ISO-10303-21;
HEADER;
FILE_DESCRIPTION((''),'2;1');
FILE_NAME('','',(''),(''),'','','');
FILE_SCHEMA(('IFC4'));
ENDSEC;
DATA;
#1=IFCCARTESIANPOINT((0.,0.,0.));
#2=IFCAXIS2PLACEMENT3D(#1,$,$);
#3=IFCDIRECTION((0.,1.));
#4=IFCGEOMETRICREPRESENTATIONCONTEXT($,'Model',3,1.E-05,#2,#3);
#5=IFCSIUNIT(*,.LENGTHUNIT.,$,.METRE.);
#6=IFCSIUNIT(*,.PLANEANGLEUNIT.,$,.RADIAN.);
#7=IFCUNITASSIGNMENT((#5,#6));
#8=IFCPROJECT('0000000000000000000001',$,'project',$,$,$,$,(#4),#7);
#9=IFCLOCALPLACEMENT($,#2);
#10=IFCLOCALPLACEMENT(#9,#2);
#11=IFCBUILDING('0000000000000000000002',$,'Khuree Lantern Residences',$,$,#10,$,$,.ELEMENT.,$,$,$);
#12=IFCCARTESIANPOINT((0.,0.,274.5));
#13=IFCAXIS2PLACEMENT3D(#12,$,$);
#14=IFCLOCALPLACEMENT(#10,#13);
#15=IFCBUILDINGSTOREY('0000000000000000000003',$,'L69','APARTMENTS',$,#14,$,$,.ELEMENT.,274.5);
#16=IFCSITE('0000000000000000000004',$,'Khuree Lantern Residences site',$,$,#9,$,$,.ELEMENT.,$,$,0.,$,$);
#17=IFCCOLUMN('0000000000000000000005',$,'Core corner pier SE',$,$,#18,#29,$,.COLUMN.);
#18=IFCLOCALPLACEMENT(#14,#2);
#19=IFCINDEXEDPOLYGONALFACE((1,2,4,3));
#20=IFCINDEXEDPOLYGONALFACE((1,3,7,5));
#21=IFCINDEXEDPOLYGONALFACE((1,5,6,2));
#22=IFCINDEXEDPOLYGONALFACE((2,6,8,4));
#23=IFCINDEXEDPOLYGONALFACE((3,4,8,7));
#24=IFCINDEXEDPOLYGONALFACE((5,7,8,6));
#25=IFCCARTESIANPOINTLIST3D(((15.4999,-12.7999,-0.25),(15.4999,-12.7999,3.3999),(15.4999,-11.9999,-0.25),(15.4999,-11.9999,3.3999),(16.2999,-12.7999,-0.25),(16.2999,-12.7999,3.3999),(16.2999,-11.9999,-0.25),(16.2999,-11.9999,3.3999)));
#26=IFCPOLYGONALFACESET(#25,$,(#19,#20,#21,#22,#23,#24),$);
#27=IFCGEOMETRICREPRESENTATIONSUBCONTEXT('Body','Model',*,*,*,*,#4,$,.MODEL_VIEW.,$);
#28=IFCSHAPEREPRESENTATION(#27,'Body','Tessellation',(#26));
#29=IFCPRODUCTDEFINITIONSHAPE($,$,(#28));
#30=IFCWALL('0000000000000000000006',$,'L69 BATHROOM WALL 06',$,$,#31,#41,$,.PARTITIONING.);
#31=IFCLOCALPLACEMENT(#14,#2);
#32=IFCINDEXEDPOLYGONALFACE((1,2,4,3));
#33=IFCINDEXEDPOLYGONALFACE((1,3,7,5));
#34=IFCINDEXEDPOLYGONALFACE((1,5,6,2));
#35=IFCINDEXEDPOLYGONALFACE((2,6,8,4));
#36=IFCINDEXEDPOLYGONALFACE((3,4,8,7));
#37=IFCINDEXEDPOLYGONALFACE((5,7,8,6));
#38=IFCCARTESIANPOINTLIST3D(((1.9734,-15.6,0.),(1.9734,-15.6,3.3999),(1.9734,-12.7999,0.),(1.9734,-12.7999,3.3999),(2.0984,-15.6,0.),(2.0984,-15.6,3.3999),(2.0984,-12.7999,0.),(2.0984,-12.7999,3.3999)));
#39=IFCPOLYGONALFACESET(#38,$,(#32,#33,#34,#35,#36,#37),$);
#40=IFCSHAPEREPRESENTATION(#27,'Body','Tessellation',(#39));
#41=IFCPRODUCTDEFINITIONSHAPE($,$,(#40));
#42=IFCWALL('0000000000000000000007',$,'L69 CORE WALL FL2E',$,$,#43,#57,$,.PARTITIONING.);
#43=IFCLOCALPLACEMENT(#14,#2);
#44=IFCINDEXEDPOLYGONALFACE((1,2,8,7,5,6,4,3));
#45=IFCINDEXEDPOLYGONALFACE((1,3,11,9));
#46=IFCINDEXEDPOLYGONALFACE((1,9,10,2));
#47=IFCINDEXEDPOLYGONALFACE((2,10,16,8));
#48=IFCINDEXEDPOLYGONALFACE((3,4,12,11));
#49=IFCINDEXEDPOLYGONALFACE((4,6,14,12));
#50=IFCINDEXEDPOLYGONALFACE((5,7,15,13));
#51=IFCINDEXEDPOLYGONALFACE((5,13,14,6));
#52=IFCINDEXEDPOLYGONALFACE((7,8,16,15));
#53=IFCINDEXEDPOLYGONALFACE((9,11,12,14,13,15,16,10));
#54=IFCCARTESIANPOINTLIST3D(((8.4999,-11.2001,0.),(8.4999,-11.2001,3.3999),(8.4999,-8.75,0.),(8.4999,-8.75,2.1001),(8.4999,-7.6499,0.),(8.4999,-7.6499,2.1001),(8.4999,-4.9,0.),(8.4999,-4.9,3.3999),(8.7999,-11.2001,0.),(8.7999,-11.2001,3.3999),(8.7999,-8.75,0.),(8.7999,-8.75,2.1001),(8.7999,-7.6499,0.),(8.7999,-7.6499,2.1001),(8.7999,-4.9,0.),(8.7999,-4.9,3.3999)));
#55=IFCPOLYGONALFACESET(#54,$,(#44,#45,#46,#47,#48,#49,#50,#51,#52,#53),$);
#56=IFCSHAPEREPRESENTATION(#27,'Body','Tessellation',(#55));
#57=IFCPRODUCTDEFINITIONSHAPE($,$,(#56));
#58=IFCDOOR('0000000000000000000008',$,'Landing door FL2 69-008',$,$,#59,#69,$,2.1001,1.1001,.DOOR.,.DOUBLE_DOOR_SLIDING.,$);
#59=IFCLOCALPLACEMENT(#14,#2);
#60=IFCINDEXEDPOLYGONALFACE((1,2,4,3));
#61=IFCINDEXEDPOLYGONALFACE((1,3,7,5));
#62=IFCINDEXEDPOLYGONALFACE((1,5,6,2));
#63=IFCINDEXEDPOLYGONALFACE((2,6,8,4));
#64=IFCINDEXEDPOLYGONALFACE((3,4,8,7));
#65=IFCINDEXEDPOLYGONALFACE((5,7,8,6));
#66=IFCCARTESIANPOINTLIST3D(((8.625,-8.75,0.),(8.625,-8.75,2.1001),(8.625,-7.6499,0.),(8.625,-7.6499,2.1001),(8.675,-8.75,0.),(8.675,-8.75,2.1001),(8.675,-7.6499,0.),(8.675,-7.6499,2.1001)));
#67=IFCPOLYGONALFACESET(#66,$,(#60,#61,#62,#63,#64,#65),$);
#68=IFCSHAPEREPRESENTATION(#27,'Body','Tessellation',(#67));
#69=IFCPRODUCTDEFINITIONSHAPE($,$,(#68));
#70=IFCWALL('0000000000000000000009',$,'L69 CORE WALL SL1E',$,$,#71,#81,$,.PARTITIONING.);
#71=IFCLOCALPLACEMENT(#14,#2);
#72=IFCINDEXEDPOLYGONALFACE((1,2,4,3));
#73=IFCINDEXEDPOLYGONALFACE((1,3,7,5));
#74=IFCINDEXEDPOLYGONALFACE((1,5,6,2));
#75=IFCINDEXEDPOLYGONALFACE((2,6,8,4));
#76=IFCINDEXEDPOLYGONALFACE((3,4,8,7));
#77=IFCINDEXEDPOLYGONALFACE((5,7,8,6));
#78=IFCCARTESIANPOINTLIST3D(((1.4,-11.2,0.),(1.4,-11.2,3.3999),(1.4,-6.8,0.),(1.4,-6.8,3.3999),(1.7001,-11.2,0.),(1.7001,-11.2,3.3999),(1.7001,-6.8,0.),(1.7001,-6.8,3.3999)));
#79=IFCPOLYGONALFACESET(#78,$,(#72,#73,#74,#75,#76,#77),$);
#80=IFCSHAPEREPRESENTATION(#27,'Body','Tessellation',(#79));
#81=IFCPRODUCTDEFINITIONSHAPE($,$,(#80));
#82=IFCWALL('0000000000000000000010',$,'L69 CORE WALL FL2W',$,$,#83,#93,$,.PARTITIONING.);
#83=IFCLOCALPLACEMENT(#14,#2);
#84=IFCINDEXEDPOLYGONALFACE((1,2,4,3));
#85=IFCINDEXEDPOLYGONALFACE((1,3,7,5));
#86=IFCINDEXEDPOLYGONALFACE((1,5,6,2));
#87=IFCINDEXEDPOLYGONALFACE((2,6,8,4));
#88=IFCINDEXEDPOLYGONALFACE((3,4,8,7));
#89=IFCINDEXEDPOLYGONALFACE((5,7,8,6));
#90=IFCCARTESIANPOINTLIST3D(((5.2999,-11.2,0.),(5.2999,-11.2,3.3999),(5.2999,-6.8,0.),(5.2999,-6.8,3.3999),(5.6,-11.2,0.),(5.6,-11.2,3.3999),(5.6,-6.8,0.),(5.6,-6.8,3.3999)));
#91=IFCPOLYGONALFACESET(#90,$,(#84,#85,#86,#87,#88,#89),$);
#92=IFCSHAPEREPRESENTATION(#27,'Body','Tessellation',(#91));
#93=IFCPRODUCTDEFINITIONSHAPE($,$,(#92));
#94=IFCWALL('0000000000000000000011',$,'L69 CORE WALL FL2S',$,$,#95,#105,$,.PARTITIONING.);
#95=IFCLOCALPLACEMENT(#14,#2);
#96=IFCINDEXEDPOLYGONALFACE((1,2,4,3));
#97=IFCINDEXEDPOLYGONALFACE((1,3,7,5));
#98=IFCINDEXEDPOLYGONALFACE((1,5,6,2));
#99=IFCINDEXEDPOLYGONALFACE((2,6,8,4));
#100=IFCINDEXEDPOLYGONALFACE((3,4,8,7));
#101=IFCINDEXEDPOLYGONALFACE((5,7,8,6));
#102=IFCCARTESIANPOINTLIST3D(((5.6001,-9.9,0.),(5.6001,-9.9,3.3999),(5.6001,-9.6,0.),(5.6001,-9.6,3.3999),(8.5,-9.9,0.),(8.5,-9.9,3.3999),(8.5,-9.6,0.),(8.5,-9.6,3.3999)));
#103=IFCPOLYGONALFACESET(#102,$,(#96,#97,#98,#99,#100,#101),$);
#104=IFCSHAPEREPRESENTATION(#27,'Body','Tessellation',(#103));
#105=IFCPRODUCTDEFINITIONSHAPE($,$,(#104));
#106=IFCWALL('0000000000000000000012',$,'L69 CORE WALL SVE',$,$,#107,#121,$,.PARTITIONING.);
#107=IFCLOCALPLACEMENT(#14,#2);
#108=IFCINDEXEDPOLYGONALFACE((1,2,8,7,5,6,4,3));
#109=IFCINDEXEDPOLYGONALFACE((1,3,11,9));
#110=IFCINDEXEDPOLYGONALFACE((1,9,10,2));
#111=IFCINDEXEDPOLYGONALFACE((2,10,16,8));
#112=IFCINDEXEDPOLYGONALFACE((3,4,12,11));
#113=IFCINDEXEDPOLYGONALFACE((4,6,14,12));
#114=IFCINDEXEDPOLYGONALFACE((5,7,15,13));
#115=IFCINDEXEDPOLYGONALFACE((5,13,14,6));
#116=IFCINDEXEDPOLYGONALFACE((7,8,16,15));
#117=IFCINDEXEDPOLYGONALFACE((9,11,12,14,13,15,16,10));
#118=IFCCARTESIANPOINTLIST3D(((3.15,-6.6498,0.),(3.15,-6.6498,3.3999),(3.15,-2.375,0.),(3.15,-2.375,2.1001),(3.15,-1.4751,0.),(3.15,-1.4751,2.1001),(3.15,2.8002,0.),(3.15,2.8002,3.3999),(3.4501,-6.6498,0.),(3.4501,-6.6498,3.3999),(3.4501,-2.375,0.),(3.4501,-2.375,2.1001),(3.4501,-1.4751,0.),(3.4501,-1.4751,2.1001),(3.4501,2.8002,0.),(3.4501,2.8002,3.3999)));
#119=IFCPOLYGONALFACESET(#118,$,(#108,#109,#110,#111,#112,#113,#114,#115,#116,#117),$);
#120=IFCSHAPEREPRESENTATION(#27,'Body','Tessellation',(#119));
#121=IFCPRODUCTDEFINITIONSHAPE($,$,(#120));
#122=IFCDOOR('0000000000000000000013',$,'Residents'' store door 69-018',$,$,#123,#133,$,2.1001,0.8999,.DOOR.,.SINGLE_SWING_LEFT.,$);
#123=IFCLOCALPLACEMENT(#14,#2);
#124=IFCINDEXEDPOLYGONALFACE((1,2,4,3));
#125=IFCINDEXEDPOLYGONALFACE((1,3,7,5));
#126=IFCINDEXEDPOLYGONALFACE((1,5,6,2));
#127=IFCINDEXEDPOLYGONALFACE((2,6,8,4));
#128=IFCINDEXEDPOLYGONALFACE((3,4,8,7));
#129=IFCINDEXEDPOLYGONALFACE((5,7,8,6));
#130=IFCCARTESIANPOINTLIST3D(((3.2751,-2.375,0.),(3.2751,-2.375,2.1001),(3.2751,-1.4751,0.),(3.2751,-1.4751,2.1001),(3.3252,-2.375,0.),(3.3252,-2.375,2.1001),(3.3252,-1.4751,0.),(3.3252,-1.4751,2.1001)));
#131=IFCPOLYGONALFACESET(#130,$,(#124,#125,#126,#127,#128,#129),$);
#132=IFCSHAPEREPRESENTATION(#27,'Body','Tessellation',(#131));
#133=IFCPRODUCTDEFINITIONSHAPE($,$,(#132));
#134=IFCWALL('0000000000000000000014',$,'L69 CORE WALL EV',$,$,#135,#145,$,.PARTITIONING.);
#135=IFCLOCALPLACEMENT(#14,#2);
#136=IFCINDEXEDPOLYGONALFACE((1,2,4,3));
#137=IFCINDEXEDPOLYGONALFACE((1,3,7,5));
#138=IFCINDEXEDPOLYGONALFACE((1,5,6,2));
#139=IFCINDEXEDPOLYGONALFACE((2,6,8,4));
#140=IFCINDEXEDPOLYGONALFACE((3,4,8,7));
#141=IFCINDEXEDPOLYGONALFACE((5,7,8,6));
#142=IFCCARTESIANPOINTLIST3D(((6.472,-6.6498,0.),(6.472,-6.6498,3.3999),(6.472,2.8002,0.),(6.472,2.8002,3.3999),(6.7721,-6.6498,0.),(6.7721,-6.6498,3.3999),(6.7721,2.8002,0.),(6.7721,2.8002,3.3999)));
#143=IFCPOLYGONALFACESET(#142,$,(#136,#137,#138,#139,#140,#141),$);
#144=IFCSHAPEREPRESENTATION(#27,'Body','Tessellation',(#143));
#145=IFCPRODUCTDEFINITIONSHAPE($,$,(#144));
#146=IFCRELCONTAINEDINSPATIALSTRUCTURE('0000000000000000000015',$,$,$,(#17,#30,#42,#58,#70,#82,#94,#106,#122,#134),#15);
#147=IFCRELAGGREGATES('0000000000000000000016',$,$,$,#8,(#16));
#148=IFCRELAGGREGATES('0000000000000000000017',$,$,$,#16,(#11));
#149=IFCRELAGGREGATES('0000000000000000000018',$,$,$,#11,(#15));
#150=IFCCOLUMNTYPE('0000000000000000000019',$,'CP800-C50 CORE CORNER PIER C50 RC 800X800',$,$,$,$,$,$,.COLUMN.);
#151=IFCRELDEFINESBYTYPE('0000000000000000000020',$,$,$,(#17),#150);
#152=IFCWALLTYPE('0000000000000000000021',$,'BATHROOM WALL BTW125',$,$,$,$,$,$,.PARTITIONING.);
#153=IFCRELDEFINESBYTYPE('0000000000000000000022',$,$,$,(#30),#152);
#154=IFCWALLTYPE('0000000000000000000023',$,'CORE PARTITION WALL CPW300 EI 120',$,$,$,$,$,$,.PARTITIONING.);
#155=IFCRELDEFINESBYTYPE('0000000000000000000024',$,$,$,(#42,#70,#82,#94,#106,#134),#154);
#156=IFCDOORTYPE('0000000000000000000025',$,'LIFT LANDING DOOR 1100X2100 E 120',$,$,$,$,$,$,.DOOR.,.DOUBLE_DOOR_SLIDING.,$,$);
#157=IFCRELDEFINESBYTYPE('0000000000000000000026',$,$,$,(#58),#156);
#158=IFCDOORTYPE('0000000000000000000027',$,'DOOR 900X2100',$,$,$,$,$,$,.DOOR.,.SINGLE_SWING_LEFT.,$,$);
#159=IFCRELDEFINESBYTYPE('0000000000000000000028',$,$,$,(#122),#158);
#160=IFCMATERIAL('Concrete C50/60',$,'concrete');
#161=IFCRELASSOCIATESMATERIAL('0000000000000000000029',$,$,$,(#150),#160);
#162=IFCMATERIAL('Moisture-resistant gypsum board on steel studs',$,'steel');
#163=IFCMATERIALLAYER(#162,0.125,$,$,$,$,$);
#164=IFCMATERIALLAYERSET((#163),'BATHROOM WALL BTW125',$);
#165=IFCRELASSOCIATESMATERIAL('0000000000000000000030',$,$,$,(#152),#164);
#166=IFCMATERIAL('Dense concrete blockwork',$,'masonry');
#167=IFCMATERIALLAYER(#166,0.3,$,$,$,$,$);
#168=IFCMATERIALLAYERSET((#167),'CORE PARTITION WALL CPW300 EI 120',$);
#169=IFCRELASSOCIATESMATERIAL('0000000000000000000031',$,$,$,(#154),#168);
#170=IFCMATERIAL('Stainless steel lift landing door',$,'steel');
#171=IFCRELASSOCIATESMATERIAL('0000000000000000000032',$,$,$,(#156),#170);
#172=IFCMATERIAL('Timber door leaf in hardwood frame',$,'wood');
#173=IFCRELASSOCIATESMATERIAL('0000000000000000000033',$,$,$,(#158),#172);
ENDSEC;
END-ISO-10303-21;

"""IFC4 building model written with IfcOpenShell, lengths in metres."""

from ifc_helpers import new_model, si_unit, direction, frame, frame_2d, origin, origin_2d, place, context, subcontext, project, spatial, rectangle, extrude, material, layer, layer_set, material_profile, profile_set, type_object, element, fill, save


model = new_model("IFC4")

# Units and contexts
model_context = context("Model", 3, precision=1e-05, world=origin(), true_north=direction((0.0, 1.0)))
body_context = subcontext(model_context, "Body", "Model", "MODEL_VIEW")
ifc_project = project(units=[si_unit("LENGTHUNIT", "METRE"), si_unit("PLANEANGLEUNIT", "RADIAN")], contexts=[model_context])

# Site, building, storey
site_placement = place(None, origin())
site = spatial("IfcSite", under=ifc_project, at=site_placement, Name="Khuree Lantern Residences site", CompositionType="ELEMENT", RefElevation=0.0)
building_placement = place(site_placement, origin())
building = spatial("IfcBuilding", under=site, at=building_placement, Name="Khuree Lantern Residences", CompositionType="ELEMENT")
storey_placement = place(building_placement, frame((0.0, 0.0, 274.5)))
storey = spatial("IfcBuildingStorey", under=building, at=storey_placement, Name="L69", Description="APARTMENTS", CompositionType="ELEMENT", Elevation=274.5)

# Column
ifc_material_1 = material(Name="Concrete C50/60", Category="concrete")
ifc_material_profile = material_profile(ifc_material_1, rectangle(XDim=0.8, YDim=0.8, at=origin_2d()), Name="RC 800X800")
ifc_profile_set = profile_set([ifc_material_profile], Name="Concrete C50/60")
column_type = type_object("IfcColumnType", Name="CP800-C50 CORE CORNER PIER C50 RC 800X800", PredefinedType="COLUMN", material=ifc_profile_set)
column_placement = place(storey_placement, frame((15.8999, -12.3999, -0.25), z_axis=(0.0, 0.0, 1.0), x_axis=(1.0, 0.0, 0.0)))
element("IfcColumn", 1, at=column_placement, inside=storey, type_object=column_type, Name="Core corner pier SE", PredefinedType="COLUMN", context=body_context, shape_type="SweptSolid", body=[
    extrude(rectangle(XDim=0.8, YDim=0.8, at=origin_2d()), origin(), (0.0, 0.0, 1.0), 3.6499),
])

# Wall
ifc_material_2 = material(Name="Moisture-resistant gypsum board on steel studs", Category="steel")
ifc_layer_1 = layer(ifc_material_2, 0.125)
ifc_layer_set_1 = layer_set([ifc_layer_1], Name="BATHROOM WALL BTW125")
wall_type_1 = type_object("IfcWallType", Name="BATHROOM WALL BTW125", PredefinedType="PARTITIONING", material=ifc_layer_set_1)
wall_1_placement = place(storey_placement, frame((2.0359, -12.8, 0.0), z_axis=(0.0, 0.0, 1.0), x_axis=(0.0, -1.0, 0.0)))
element("IfcWall", 2, at=wall_1_placement, inside=storey, type_object=wall_type_1, Name="L69 BATHROOM WALL 06", PredefinedType="PARTITIONING", context=body_context, shape_type="SweptSolid", body=[
    extrude(rectangle(XDim=2.8, YDim=0.125, at=frame_2d((1.3999, 0.0))), origin(), (0.0, 0.0, 1.0), 3.3999),
])

# Wall, opening, door
ifc_material_3 = material(Name="Dense concrete blockwork", Category="masonry")
ifc_layer_2 = layer(ifc_material_3, 0.3)
ifc_layer_set_2 = layer_set([ifc_layer_2], Name="CORE PARTITION WALL CPW300 EI 120")
wall_type_2 = type_object("IfcWallType", Name="CORE PARTITION WALL CPW300 EI 120", PredefinedType="PARTITIONING", material=ifc_layer_set_2)
wall_2_placement = place(storey_placement, frame((8.6499, -11.2, 0.0), z_axis=(0.0, 0.0, 1.0), x_axis=(0.0, 1.0, 0.0)))
wall_2 = element("IfcWall", 3, at=wall_2_placement, inside=storey, type_object=wall_type_2, Name="L69 CORE WALL FL2E", PredefinedType="PARTITIONING", context=body_context, shape_type="SweptSolid", body=[
    extrude(rectangle(XDim=6.3, YDim=0.3, at=frame_2d((3.1499, 0.0))), origin(), (0.0, 0.0, 1.0), 3.3999),
])
opening_1_placement = place(wall_2_placement, frame((2.45, 0.0, 0.0)))
opening_1 = element("IfcOpeningElement", 4, at=opening_1_placement, cuts=wall_2, PredefinedType="OPENING", context=body_context, shape_type="SweptSolid", body=[
    extrude(rectangle(XDim=1.1001, YDim=2.1001, at=frame_2d((0.55, 1.05))), frame((0.0, 0.1602, 0.0), z_axis=(0.0, -1.0, 0.0), x_axis=(1.0, 0.0, 0.0)), (0.0, 0.0, 1.0), 0.3201),
])
ifc_material_4 = material(Name="Stainless steel lift landing door", Category="steel")
door_type_1 = type_object("IfcDoorType", Name="LIFT LANDING DOOR 1100X2100 E 120", OperationType="DOUBLE_DOOR_SLIDING", PredefinedType="DOOR", material=ifc_material_4)
door_1_placement = place(opening_1_placement, origin())
door_1 = element("IfcDoor", 5, at=door_1_placement, inside=storey, type_object=door_type_1, Name="Landing door FL2 69-008", OperationType="DOUBLE_DOOR_SLIDING", OverallHeight=2.1001, OverallWidth=1.1001, PredefinedType="DOOR", context=body_context, shape_type="SweptSolid", body=[
    extrude(rectangle(XDim=1.1001, YDim=2.1001, at=frame_2d((0.55, 1.05))), frame((0.0, 0.0249, 0.0), z_axis=(0.0, -1.0, 0.0), x_axis=(1.0, 0.0, 0.0)), (0.0, 0.0, 1.0), 0.05),
])
fill(opening_1, door_1)

# Walls
for number, where, z_axis, x_axis, name in (
    (6, (1.55, -11.2, 0.0), (0.0, 0.0, 1.0), (0.0, 1.0, 0.0), "L69 CORE WALL SL1E"),
    (7, (5.45, -11.2, 0.0), (0.0, 0.0, 1.0), (0.0, 1.0, 0.0), "L69 CORE WALL FL2W"),
):
    element("IfcWall", number, at=place(storey_placement, frame(where, z_axis=z_axis, x_axis=x_axis)), inside=storey, type_object=wall_type_2, Name=name, PredefinedType="PARTITIONING", context=body_context, shape_type="SweptSolid", body=[
        extrude(rectangle(XDim=4.3999, YDim=0.3, at=frame_2d((2.2, 0.0))), origin(), (0.0, 0.0, 1.0), 3.3999),
    ])
wall_3_placement = place(storey_placement, frame((5.6001, -9.75, 0.0), z_axis=(0.0, 0.0, 1.0), x_axis=(1.0, 0.0, 0.0)))
element("IfcWall", 8, at=wall_3_placement, inside=storey, type_object=wall_type_2, Name="L69 CORE WALL FL2S", PredefinedType="PARTITIONING", context=body_context, shape_type="SweptSolid", body=[
    extrude(rectangle(XDim=2.8999, YDim=0.3, at=frame_2d((1.45, 0.0))), origin(), (0.0, 0.0, 1.0), 3.3999),
])

# Wall, opening, door
wall_4_placement = place(storey_placement, frame((3.3, -6.6499, 0.0), z_axis=(0.0, 0.0, 1.0), x_axis=(0.0, 1.0, 0.0)))
wall_4 = element("IfcWall", 9, at=wall_4_placement, inside=storey, type_object=wall_type_2, Name="L69 CORE WALL SVE", PredefinedType="PARTITIONING", context=body_context, shape_type="SweptSolid", body=[
    extrude(rectangle(XDim=9.45, YDim=0.3, at=frame_2d((4.7251, 0.0))), origin(), (0.0, 0.0, 1.0), 3.3999),
])
opening_2_placement = place(wall_4_placement, frame((4.2749, 0.0, 0.0)))
opening_2 = element("IfcOpeningElement", 10, at=opening_2_placement, cuts=wall_4, PredefinedType="OPENING", context=body_context, shape_type="SweptSolid", body=[
    extrude(rectangle(XDim=0.8999, YDim=2.1001, at=frame_2d((0.45, 1.05))), frame((0.0, 0.1602, 0.0), z_axis=(0.0, -1.0, 0.0), x_axis=(1.0, 0.0, 0.0)), (0.0, 0.0, 1.0), 0.3201),
])
ifc_material_5 = material(Name="Timber door leaf in hardwood frame", Category="wood")
door_type_2 = type_object("IfcDoorType", Name="DOOR 900X2100", OperationType="SINGLE_SWING_LEFT", PredefinedType="DOOR", material=ifc_material_5)
door_2_placement = place(opening_2_placement, origin())
door_2 = element("IfcDoor", 11, at=door_2_placement, inside=storey, type_object=door_type_2, Name="Residents' store door 69-018", OperationType="SINGLE_SWING_LEFT", OverallHeight=2.1001, OverallWidth=0.8999, PredefinedType="DOOR", context=body_context, shape_type="SweptSolid", body=[
    extrude(rectangle(XDim=0.8999, YDim=2.1001, at=frame_2d((0.45, 1.05))), frame((0.0, 0.0249, 0.0), z_axis=(0.0, -1.0, 0.0), x_axis=(1.0, 0.0, 0.0)), (0.0, 0.0, 1.0), 0.05),
])
fill(opening_2, door_2)

# Wall
wall_5_placement = place(storey_placement, frame((6.6221, -6.6499, 0.0), z_axis=(0.0, 0.0, 1.0), x_axis=(0.0, 1.0, 0.0)))
element("IfcWall", 12, at=wall_5_placement, inside=storey, type_object=wall_type_2, Name="L69 CORE WALL EV", PredefinedType="PARTITIONING", context=body_context, shape_type="SweptSolid", body=[
    extrude(rectangle(XDim=9.45, YDim=0.3, at=frame_2d((4.7251, 0.0))), origin(), (0.0, 0.0, 1.0), 3.3999),
])

save(model, "model.ifc")
